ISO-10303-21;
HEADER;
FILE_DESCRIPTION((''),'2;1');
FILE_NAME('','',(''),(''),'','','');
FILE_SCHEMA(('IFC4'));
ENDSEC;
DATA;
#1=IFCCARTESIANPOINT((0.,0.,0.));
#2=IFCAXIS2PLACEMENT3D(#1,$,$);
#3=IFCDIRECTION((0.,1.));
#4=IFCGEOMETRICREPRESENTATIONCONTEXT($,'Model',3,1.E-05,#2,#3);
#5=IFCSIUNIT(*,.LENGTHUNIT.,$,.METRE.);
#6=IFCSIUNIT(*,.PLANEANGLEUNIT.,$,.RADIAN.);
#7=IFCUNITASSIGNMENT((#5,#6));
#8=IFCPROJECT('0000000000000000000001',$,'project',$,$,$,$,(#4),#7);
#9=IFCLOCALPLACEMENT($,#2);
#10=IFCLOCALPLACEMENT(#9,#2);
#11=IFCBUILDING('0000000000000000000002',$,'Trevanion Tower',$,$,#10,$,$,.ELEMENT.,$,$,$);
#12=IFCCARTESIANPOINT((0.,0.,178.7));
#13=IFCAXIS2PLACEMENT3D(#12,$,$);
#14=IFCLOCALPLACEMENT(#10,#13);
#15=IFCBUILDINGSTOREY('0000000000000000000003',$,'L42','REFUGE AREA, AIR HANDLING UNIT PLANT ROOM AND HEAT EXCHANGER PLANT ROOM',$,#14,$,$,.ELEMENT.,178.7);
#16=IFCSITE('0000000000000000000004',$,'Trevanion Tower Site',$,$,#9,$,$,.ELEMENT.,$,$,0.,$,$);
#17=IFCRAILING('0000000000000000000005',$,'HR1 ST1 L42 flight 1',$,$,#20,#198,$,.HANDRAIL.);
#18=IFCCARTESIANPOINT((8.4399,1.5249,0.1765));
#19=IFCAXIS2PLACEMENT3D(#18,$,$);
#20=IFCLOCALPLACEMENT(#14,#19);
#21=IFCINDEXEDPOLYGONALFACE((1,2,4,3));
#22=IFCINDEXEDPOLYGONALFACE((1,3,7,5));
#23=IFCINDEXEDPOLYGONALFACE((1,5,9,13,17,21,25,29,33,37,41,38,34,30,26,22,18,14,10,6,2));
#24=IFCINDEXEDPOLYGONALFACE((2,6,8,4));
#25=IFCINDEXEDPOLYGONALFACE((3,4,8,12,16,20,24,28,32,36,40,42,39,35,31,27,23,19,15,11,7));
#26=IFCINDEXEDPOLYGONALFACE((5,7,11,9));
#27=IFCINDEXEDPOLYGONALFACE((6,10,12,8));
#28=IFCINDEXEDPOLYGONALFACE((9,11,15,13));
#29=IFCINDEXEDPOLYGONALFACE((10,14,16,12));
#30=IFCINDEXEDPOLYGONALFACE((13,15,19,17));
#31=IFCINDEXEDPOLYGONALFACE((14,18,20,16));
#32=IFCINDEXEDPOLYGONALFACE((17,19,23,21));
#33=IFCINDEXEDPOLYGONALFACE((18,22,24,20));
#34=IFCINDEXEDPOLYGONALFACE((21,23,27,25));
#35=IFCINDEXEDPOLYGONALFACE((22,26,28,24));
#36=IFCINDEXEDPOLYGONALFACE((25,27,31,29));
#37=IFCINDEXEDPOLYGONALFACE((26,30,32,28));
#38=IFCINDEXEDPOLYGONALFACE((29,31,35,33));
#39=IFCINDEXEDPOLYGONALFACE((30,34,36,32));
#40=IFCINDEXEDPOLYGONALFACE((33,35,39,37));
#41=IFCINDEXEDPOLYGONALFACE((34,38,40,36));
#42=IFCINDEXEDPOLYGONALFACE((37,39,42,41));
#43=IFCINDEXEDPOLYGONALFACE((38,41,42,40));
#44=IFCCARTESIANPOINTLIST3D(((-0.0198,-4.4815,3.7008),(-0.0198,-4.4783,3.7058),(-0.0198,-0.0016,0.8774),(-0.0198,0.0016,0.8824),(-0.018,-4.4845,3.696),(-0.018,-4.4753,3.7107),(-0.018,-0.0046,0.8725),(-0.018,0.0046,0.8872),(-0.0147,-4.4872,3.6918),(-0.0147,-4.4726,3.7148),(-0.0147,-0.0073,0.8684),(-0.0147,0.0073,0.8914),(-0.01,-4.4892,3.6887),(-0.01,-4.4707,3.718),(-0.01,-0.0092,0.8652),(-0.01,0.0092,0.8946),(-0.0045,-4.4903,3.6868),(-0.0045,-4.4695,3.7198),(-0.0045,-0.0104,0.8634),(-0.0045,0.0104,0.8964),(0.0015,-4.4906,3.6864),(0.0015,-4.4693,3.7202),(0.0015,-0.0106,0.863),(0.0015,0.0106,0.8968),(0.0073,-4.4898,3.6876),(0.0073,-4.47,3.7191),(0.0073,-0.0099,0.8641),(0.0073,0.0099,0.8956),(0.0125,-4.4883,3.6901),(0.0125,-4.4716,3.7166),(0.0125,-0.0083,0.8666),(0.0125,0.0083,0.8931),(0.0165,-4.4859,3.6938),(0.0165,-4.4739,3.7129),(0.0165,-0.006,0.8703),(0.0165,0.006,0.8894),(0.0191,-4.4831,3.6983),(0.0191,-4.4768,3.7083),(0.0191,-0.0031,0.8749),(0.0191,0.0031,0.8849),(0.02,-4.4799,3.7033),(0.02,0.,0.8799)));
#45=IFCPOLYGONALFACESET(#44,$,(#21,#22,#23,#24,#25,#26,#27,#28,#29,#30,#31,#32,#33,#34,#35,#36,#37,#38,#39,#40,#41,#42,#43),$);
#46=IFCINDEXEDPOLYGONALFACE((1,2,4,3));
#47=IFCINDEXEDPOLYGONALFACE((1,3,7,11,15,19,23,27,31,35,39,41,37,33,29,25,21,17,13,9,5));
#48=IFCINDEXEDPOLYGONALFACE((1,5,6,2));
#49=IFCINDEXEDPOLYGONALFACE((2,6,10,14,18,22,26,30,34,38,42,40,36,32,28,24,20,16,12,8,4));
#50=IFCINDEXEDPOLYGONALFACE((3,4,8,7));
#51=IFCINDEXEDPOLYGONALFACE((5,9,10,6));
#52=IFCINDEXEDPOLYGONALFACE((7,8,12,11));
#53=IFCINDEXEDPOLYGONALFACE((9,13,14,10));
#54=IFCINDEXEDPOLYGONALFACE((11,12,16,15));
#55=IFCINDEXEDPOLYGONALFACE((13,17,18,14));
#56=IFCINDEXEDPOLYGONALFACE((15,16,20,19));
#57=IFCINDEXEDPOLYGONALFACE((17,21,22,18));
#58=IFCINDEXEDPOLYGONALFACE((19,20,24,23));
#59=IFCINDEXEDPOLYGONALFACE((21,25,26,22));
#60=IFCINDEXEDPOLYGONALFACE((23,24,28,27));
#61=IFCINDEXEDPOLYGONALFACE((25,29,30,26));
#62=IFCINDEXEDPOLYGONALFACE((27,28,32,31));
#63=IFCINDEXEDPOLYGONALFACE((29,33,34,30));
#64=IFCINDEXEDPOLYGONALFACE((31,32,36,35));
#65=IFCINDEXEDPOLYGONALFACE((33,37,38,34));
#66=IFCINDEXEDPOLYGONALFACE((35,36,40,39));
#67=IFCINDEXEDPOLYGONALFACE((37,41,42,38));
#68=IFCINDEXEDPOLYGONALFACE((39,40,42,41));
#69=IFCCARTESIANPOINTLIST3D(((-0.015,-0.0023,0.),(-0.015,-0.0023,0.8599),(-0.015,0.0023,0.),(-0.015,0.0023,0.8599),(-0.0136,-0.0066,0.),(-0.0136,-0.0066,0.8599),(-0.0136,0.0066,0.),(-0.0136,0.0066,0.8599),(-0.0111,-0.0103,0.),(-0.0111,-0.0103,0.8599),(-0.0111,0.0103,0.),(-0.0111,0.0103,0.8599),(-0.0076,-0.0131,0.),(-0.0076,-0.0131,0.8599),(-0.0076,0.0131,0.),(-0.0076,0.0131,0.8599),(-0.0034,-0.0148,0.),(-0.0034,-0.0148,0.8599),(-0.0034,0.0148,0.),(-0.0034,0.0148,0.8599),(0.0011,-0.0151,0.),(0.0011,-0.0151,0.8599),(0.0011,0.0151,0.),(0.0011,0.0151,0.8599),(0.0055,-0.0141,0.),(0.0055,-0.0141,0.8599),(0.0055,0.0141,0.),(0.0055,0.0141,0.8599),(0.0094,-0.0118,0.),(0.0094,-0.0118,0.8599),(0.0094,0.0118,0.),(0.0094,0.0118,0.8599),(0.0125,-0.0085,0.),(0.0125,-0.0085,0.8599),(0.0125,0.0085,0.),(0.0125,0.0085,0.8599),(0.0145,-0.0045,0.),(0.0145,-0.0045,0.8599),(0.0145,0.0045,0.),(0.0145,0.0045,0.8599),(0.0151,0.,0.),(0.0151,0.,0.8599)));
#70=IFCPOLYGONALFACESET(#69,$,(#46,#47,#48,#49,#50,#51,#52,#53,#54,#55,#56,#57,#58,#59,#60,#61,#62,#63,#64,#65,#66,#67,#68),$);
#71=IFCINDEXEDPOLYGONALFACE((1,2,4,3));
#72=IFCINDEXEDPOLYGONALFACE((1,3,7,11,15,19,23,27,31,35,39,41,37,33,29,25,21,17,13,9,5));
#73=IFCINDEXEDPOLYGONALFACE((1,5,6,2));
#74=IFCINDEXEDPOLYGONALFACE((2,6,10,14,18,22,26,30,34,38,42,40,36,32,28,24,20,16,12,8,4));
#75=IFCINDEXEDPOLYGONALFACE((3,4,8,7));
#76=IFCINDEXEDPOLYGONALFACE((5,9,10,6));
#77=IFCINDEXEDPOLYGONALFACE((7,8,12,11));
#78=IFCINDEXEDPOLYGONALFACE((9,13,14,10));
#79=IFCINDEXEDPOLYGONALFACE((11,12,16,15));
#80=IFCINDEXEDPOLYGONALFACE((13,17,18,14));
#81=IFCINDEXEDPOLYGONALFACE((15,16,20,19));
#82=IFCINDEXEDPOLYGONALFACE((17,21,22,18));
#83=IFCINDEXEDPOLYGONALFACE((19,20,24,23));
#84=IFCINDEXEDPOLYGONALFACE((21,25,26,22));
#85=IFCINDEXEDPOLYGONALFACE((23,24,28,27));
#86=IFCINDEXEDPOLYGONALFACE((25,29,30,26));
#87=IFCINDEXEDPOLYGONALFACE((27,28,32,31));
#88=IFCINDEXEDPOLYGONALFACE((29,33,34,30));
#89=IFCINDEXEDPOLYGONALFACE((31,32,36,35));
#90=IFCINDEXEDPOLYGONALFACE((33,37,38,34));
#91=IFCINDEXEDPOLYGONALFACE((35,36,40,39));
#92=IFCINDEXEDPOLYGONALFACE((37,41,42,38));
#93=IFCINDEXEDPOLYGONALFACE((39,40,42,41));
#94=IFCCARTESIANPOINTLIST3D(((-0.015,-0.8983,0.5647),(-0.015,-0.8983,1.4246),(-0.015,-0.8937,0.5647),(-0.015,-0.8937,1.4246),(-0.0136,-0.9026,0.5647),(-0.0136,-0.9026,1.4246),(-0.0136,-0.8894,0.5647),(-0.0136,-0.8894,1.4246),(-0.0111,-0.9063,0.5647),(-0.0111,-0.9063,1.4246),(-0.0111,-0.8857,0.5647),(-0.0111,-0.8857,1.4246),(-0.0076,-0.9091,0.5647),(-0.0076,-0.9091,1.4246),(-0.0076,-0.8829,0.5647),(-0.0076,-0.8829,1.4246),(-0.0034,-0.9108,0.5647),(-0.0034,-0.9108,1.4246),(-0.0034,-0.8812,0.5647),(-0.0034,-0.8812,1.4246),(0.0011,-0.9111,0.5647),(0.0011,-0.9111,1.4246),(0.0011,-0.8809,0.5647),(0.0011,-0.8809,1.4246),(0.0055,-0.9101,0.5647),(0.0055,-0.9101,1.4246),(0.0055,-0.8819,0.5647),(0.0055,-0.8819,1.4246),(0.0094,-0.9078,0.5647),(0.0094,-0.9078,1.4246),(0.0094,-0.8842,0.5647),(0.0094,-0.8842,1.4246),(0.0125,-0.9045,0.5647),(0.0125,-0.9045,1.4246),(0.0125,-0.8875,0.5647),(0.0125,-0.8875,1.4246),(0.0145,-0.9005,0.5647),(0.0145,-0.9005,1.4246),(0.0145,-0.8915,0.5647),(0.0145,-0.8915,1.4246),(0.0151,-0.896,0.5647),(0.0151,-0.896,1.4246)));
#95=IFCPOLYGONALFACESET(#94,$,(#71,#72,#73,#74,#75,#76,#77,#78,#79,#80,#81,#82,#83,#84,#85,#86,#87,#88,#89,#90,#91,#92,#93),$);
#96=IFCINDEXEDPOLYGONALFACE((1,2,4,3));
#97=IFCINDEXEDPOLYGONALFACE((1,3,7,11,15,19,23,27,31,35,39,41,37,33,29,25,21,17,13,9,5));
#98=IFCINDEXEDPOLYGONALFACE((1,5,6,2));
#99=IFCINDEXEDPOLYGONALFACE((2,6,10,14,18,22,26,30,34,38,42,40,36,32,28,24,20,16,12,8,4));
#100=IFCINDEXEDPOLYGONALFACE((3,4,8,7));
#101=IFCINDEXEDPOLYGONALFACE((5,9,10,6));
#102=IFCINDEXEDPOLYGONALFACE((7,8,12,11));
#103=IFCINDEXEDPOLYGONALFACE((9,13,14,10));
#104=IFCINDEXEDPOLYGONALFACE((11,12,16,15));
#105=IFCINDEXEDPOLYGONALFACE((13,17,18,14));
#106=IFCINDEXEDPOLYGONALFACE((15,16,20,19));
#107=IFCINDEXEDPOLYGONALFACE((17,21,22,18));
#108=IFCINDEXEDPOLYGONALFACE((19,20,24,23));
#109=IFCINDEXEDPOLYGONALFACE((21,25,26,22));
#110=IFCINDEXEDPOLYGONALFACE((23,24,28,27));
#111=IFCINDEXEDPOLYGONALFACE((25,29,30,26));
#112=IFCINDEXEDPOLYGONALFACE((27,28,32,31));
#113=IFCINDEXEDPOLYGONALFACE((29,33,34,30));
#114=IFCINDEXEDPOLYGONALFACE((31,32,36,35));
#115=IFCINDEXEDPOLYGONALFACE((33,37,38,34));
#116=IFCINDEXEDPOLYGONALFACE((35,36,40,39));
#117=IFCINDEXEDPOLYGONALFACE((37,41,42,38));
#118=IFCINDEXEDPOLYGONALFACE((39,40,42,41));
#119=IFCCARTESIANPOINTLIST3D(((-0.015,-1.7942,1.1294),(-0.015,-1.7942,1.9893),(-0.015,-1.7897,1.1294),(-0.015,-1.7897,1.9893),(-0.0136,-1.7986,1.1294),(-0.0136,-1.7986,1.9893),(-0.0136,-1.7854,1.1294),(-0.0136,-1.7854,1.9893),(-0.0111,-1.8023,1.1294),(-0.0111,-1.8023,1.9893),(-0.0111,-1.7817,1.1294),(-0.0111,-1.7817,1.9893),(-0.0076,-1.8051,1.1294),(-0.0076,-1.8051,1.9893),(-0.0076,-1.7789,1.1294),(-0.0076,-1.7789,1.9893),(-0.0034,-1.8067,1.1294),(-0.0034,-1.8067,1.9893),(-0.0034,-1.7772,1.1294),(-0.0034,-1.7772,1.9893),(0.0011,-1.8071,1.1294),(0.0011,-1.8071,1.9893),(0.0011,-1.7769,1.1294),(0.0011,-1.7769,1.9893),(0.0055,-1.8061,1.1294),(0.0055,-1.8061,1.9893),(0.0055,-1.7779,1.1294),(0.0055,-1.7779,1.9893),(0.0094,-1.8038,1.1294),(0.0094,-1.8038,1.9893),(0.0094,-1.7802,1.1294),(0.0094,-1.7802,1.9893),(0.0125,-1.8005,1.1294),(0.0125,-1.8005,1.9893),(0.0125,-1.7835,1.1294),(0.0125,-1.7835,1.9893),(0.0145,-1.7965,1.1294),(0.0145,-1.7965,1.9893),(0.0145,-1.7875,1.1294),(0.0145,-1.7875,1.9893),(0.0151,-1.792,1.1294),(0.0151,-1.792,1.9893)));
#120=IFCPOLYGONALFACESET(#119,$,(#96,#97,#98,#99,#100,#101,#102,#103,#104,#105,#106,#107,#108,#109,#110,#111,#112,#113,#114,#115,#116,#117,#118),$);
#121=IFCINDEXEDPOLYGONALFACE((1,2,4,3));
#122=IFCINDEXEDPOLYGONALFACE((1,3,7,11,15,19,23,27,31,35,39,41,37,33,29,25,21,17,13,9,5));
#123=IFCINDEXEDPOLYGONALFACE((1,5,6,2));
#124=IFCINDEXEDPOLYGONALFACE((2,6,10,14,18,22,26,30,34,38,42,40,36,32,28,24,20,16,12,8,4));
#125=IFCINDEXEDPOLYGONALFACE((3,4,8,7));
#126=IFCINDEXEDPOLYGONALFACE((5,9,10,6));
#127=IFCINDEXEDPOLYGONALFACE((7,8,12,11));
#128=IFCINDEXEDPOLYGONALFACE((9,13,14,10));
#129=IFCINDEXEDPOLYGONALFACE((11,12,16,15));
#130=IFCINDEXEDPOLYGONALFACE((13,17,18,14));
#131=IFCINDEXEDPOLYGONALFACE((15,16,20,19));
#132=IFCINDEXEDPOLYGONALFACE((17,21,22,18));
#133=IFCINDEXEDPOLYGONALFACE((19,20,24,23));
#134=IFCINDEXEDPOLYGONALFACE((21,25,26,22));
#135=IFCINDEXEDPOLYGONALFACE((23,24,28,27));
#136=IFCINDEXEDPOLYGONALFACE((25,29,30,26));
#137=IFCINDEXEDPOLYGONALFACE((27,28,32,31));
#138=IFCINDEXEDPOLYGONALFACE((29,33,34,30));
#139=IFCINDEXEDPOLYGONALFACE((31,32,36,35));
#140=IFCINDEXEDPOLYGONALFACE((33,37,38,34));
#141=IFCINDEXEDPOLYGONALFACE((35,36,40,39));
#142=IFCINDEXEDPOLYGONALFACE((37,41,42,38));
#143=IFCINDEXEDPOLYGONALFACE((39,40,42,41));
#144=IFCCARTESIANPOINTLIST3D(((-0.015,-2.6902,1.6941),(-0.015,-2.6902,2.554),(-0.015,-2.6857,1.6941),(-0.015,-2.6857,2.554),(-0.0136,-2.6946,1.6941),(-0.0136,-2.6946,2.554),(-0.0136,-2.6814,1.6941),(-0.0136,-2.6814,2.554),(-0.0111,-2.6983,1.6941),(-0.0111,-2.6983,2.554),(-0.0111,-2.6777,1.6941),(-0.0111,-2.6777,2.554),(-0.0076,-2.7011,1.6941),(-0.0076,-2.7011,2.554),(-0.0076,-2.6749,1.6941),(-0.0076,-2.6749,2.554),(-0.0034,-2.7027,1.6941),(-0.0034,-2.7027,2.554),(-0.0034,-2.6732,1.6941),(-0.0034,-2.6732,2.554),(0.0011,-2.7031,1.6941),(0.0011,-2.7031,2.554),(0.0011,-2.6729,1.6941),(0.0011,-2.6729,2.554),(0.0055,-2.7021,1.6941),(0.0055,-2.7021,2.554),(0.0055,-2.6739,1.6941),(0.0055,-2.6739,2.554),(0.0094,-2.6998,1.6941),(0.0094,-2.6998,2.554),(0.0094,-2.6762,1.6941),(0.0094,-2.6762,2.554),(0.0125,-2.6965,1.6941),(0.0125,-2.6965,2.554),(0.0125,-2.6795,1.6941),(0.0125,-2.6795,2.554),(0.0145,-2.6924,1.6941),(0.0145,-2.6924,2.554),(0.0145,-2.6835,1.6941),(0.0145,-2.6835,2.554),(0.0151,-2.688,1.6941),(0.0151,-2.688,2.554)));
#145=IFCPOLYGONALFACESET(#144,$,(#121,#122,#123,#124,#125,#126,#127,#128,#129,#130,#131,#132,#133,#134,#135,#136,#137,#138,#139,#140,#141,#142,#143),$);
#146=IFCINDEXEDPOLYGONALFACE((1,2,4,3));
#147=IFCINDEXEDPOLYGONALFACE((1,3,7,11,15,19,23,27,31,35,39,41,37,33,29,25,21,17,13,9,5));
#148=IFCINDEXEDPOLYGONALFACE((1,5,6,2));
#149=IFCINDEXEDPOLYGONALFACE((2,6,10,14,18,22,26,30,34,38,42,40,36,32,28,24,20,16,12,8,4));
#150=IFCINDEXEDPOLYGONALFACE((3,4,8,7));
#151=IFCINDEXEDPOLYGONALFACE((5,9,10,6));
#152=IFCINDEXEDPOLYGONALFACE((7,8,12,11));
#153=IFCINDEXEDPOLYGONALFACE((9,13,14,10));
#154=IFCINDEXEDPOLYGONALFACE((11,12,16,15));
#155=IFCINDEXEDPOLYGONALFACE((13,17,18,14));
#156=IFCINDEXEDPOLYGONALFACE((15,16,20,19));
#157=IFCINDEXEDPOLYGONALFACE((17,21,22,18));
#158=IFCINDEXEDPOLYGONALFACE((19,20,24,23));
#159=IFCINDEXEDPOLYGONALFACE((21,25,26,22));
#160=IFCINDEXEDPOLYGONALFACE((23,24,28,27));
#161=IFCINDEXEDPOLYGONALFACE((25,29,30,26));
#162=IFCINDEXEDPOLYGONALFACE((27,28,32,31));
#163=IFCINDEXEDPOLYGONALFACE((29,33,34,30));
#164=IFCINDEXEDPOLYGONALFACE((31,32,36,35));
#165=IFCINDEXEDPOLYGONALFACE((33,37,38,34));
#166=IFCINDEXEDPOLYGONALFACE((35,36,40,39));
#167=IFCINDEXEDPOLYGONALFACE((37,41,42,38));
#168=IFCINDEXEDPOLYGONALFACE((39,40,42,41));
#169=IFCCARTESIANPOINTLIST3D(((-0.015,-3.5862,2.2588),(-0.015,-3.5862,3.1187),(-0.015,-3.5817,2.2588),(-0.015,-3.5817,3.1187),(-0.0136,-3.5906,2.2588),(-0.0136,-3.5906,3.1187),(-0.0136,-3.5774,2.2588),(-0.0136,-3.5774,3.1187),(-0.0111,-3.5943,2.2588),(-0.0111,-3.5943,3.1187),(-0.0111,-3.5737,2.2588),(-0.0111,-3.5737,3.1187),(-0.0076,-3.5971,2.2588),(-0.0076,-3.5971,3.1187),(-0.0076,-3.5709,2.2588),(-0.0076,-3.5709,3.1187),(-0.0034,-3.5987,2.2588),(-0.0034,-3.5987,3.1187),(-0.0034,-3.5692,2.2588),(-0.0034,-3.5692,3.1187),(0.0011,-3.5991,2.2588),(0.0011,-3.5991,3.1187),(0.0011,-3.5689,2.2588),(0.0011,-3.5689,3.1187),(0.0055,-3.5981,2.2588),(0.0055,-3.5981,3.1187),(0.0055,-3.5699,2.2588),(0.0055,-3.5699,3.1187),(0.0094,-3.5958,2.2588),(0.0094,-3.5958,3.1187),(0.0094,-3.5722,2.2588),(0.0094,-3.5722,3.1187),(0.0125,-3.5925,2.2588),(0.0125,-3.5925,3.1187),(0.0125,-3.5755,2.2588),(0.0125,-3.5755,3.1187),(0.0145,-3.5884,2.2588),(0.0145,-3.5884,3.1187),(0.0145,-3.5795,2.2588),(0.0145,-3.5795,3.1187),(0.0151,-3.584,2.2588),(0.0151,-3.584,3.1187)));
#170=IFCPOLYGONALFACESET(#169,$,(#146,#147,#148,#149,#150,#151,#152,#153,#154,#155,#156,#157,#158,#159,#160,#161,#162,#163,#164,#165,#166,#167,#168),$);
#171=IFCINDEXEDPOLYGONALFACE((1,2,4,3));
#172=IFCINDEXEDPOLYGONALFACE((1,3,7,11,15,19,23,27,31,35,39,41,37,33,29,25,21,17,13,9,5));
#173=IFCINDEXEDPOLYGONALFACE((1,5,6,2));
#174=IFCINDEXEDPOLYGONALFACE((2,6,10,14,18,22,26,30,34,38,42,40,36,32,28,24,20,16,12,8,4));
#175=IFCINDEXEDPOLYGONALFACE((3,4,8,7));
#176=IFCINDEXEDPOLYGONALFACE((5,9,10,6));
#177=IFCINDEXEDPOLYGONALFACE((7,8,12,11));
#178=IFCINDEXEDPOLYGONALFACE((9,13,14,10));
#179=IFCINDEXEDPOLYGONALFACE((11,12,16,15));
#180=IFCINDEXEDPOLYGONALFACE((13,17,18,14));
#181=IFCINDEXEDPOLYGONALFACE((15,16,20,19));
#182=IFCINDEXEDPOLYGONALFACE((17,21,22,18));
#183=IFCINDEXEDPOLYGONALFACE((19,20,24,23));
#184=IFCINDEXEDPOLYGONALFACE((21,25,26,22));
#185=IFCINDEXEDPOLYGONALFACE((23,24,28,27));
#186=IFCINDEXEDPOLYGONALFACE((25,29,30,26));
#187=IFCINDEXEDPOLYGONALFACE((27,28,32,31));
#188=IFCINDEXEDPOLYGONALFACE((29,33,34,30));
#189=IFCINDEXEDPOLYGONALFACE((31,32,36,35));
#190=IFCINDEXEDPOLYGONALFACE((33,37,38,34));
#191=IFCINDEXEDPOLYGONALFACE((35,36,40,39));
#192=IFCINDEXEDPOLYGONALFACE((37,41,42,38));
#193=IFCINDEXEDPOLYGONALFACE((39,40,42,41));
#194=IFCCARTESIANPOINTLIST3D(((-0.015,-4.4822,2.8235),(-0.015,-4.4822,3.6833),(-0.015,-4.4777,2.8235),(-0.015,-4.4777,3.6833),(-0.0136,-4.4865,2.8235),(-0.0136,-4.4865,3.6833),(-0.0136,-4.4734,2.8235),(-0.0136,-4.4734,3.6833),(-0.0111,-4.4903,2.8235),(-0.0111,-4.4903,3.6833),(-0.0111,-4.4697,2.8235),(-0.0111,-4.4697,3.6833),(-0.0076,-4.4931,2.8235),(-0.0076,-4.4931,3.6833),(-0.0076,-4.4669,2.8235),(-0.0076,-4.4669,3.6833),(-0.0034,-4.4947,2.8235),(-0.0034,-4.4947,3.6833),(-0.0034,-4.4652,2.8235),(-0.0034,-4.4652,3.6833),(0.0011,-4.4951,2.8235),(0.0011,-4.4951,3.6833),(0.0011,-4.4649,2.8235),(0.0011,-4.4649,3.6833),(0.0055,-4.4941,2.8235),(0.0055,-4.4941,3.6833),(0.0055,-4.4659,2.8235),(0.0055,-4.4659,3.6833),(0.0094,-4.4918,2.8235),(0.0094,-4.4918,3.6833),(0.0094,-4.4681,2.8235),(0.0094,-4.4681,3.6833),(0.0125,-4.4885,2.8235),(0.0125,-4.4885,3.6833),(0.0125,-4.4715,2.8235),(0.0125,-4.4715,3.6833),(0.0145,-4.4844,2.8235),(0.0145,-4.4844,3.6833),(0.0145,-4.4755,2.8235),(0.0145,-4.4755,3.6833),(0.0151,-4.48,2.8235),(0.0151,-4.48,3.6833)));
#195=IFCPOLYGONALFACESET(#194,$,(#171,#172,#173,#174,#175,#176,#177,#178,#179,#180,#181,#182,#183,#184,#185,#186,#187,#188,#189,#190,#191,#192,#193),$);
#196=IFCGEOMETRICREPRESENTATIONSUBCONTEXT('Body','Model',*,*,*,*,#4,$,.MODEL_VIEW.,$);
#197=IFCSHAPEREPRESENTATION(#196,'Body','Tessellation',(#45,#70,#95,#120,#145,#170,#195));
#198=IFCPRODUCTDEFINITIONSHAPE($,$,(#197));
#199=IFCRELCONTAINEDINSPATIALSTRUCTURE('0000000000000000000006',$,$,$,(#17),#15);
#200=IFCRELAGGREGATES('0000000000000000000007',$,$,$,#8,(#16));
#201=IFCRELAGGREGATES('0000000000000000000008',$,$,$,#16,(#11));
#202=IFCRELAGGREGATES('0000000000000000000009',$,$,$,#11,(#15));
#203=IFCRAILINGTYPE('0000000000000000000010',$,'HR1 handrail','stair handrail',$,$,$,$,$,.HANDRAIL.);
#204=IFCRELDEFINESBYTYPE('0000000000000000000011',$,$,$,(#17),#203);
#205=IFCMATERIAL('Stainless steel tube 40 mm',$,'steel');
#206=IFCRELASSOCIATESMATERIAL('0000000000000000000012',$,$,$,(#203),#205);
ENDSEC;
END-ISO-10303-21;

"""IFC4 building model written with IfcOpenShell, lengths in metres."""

from ifc_helpers import new_model, si_unit, direction, frame, origin, origin_2d, place, context, subcontext, project, spatial, circle, extrude, material, type_object, element, save


model = new_model("IFC4")

# Units and contexts
model_context = context("Model", 3, precision=1e-05, world=origin(), true_north=direction((0.0, 1.0)))
body_context = subcontext(model_context, "Body", "Model", "MODEL_VIEW")
ifc_project = project(units=[si_unit("LENGTHUNIT", "METRE"), si_unit("PLANEANGLEUNIT", "RADIAN")], contexts=[model_context])

# Site, building, storey
site_placement = place(None, origin())
site = spatial("IfcSite", under=ifc_project, at=site_placement, Name="Trevanion Tower Site", CompositionType="ELEMENT", RefElevation=0.0)
building_placement = place(site_placement, origin())
building = spatial("IfcBuilding", under=site, at=building_placement, Name="Trevanion Tower", CompositionType="ELEMENT")
storey_placement = place(building_placement, frame((0.0, 0.0, 178.7)))
storey = spatial("IfcBuildingStorey", under=building, at=storey_placement, Name="L42", Description="REFUGE AREA, AIR HANDLING UNIT PLANT ROOM AND HEAT EXCHANGER PLANT ROOM", CompositionType="ELEMENT", Elevation=178.7)

# Railing
ifc_material_1 = material(Name="Stainless steel tube 40 mm", Category="steel")
railing_type = type_object("IfcRailingType", Name="HR1 handrail", Description="stair handrail", PredefinedType="HANDRAIL", material=ifc_material_1)
for number, where, name in (
    (1, (8.4399, 1.5249, 0.1765), "HR1 ST1 L42 flight 1"),
):
    element("IfcRailing", number, at=place(storey_placement, frame(where)), inside=storey, type_object=railing_type, Name=name, PredefinedType="HANDRAIL", context=body_context, shape_type="SweptSolid", body=[
        extrude(circle(Radius=0.02, at=origin_2d()), frame((0.0, 0.0, 0.8799), z_axis=(0.0, -0.845998, 0.533186), x_axis=(1.0, 0.0, 0.0)), (0.0, 0.0, 1.0), 5.2954),
        extrude(circle(Radius=0.0151, at=origin_2d()), origin(), (0.0, 0.0, 1.0), 0.8599),
        extrude(circle(Radius=0.0151, at=origin_2d()), frame((0.0, -0.896, 0.5647)), (0.0, 0.0, 1.0), 0.8599),
        extrude(circle(Radius=0.0151, at=origin_2d()), frame((0.0, -1.792, 1.1294)), (0.0, 0.0, 1.0), 0.8599),
        extrude(circle(Radius=0.0151, at=origin_2d()), frame((0.0, -2.688, 1.6941)), (0.0, 0.0, 1.0), 0.8599),
        extrude(circle(Radius=0.0151, at=origin_2d()), frame((0.0, -3.584, 2.2588)), (0.0, 0.0, 1.0), 0.8599),
        extrude(circle(Radius=0.0151, at=origin_2d()), frame((0.0, -4.48, 2.8235)), (0.0, 0.0, 1.0), 0.8599),
    ])

save(model, "model.ifc")
